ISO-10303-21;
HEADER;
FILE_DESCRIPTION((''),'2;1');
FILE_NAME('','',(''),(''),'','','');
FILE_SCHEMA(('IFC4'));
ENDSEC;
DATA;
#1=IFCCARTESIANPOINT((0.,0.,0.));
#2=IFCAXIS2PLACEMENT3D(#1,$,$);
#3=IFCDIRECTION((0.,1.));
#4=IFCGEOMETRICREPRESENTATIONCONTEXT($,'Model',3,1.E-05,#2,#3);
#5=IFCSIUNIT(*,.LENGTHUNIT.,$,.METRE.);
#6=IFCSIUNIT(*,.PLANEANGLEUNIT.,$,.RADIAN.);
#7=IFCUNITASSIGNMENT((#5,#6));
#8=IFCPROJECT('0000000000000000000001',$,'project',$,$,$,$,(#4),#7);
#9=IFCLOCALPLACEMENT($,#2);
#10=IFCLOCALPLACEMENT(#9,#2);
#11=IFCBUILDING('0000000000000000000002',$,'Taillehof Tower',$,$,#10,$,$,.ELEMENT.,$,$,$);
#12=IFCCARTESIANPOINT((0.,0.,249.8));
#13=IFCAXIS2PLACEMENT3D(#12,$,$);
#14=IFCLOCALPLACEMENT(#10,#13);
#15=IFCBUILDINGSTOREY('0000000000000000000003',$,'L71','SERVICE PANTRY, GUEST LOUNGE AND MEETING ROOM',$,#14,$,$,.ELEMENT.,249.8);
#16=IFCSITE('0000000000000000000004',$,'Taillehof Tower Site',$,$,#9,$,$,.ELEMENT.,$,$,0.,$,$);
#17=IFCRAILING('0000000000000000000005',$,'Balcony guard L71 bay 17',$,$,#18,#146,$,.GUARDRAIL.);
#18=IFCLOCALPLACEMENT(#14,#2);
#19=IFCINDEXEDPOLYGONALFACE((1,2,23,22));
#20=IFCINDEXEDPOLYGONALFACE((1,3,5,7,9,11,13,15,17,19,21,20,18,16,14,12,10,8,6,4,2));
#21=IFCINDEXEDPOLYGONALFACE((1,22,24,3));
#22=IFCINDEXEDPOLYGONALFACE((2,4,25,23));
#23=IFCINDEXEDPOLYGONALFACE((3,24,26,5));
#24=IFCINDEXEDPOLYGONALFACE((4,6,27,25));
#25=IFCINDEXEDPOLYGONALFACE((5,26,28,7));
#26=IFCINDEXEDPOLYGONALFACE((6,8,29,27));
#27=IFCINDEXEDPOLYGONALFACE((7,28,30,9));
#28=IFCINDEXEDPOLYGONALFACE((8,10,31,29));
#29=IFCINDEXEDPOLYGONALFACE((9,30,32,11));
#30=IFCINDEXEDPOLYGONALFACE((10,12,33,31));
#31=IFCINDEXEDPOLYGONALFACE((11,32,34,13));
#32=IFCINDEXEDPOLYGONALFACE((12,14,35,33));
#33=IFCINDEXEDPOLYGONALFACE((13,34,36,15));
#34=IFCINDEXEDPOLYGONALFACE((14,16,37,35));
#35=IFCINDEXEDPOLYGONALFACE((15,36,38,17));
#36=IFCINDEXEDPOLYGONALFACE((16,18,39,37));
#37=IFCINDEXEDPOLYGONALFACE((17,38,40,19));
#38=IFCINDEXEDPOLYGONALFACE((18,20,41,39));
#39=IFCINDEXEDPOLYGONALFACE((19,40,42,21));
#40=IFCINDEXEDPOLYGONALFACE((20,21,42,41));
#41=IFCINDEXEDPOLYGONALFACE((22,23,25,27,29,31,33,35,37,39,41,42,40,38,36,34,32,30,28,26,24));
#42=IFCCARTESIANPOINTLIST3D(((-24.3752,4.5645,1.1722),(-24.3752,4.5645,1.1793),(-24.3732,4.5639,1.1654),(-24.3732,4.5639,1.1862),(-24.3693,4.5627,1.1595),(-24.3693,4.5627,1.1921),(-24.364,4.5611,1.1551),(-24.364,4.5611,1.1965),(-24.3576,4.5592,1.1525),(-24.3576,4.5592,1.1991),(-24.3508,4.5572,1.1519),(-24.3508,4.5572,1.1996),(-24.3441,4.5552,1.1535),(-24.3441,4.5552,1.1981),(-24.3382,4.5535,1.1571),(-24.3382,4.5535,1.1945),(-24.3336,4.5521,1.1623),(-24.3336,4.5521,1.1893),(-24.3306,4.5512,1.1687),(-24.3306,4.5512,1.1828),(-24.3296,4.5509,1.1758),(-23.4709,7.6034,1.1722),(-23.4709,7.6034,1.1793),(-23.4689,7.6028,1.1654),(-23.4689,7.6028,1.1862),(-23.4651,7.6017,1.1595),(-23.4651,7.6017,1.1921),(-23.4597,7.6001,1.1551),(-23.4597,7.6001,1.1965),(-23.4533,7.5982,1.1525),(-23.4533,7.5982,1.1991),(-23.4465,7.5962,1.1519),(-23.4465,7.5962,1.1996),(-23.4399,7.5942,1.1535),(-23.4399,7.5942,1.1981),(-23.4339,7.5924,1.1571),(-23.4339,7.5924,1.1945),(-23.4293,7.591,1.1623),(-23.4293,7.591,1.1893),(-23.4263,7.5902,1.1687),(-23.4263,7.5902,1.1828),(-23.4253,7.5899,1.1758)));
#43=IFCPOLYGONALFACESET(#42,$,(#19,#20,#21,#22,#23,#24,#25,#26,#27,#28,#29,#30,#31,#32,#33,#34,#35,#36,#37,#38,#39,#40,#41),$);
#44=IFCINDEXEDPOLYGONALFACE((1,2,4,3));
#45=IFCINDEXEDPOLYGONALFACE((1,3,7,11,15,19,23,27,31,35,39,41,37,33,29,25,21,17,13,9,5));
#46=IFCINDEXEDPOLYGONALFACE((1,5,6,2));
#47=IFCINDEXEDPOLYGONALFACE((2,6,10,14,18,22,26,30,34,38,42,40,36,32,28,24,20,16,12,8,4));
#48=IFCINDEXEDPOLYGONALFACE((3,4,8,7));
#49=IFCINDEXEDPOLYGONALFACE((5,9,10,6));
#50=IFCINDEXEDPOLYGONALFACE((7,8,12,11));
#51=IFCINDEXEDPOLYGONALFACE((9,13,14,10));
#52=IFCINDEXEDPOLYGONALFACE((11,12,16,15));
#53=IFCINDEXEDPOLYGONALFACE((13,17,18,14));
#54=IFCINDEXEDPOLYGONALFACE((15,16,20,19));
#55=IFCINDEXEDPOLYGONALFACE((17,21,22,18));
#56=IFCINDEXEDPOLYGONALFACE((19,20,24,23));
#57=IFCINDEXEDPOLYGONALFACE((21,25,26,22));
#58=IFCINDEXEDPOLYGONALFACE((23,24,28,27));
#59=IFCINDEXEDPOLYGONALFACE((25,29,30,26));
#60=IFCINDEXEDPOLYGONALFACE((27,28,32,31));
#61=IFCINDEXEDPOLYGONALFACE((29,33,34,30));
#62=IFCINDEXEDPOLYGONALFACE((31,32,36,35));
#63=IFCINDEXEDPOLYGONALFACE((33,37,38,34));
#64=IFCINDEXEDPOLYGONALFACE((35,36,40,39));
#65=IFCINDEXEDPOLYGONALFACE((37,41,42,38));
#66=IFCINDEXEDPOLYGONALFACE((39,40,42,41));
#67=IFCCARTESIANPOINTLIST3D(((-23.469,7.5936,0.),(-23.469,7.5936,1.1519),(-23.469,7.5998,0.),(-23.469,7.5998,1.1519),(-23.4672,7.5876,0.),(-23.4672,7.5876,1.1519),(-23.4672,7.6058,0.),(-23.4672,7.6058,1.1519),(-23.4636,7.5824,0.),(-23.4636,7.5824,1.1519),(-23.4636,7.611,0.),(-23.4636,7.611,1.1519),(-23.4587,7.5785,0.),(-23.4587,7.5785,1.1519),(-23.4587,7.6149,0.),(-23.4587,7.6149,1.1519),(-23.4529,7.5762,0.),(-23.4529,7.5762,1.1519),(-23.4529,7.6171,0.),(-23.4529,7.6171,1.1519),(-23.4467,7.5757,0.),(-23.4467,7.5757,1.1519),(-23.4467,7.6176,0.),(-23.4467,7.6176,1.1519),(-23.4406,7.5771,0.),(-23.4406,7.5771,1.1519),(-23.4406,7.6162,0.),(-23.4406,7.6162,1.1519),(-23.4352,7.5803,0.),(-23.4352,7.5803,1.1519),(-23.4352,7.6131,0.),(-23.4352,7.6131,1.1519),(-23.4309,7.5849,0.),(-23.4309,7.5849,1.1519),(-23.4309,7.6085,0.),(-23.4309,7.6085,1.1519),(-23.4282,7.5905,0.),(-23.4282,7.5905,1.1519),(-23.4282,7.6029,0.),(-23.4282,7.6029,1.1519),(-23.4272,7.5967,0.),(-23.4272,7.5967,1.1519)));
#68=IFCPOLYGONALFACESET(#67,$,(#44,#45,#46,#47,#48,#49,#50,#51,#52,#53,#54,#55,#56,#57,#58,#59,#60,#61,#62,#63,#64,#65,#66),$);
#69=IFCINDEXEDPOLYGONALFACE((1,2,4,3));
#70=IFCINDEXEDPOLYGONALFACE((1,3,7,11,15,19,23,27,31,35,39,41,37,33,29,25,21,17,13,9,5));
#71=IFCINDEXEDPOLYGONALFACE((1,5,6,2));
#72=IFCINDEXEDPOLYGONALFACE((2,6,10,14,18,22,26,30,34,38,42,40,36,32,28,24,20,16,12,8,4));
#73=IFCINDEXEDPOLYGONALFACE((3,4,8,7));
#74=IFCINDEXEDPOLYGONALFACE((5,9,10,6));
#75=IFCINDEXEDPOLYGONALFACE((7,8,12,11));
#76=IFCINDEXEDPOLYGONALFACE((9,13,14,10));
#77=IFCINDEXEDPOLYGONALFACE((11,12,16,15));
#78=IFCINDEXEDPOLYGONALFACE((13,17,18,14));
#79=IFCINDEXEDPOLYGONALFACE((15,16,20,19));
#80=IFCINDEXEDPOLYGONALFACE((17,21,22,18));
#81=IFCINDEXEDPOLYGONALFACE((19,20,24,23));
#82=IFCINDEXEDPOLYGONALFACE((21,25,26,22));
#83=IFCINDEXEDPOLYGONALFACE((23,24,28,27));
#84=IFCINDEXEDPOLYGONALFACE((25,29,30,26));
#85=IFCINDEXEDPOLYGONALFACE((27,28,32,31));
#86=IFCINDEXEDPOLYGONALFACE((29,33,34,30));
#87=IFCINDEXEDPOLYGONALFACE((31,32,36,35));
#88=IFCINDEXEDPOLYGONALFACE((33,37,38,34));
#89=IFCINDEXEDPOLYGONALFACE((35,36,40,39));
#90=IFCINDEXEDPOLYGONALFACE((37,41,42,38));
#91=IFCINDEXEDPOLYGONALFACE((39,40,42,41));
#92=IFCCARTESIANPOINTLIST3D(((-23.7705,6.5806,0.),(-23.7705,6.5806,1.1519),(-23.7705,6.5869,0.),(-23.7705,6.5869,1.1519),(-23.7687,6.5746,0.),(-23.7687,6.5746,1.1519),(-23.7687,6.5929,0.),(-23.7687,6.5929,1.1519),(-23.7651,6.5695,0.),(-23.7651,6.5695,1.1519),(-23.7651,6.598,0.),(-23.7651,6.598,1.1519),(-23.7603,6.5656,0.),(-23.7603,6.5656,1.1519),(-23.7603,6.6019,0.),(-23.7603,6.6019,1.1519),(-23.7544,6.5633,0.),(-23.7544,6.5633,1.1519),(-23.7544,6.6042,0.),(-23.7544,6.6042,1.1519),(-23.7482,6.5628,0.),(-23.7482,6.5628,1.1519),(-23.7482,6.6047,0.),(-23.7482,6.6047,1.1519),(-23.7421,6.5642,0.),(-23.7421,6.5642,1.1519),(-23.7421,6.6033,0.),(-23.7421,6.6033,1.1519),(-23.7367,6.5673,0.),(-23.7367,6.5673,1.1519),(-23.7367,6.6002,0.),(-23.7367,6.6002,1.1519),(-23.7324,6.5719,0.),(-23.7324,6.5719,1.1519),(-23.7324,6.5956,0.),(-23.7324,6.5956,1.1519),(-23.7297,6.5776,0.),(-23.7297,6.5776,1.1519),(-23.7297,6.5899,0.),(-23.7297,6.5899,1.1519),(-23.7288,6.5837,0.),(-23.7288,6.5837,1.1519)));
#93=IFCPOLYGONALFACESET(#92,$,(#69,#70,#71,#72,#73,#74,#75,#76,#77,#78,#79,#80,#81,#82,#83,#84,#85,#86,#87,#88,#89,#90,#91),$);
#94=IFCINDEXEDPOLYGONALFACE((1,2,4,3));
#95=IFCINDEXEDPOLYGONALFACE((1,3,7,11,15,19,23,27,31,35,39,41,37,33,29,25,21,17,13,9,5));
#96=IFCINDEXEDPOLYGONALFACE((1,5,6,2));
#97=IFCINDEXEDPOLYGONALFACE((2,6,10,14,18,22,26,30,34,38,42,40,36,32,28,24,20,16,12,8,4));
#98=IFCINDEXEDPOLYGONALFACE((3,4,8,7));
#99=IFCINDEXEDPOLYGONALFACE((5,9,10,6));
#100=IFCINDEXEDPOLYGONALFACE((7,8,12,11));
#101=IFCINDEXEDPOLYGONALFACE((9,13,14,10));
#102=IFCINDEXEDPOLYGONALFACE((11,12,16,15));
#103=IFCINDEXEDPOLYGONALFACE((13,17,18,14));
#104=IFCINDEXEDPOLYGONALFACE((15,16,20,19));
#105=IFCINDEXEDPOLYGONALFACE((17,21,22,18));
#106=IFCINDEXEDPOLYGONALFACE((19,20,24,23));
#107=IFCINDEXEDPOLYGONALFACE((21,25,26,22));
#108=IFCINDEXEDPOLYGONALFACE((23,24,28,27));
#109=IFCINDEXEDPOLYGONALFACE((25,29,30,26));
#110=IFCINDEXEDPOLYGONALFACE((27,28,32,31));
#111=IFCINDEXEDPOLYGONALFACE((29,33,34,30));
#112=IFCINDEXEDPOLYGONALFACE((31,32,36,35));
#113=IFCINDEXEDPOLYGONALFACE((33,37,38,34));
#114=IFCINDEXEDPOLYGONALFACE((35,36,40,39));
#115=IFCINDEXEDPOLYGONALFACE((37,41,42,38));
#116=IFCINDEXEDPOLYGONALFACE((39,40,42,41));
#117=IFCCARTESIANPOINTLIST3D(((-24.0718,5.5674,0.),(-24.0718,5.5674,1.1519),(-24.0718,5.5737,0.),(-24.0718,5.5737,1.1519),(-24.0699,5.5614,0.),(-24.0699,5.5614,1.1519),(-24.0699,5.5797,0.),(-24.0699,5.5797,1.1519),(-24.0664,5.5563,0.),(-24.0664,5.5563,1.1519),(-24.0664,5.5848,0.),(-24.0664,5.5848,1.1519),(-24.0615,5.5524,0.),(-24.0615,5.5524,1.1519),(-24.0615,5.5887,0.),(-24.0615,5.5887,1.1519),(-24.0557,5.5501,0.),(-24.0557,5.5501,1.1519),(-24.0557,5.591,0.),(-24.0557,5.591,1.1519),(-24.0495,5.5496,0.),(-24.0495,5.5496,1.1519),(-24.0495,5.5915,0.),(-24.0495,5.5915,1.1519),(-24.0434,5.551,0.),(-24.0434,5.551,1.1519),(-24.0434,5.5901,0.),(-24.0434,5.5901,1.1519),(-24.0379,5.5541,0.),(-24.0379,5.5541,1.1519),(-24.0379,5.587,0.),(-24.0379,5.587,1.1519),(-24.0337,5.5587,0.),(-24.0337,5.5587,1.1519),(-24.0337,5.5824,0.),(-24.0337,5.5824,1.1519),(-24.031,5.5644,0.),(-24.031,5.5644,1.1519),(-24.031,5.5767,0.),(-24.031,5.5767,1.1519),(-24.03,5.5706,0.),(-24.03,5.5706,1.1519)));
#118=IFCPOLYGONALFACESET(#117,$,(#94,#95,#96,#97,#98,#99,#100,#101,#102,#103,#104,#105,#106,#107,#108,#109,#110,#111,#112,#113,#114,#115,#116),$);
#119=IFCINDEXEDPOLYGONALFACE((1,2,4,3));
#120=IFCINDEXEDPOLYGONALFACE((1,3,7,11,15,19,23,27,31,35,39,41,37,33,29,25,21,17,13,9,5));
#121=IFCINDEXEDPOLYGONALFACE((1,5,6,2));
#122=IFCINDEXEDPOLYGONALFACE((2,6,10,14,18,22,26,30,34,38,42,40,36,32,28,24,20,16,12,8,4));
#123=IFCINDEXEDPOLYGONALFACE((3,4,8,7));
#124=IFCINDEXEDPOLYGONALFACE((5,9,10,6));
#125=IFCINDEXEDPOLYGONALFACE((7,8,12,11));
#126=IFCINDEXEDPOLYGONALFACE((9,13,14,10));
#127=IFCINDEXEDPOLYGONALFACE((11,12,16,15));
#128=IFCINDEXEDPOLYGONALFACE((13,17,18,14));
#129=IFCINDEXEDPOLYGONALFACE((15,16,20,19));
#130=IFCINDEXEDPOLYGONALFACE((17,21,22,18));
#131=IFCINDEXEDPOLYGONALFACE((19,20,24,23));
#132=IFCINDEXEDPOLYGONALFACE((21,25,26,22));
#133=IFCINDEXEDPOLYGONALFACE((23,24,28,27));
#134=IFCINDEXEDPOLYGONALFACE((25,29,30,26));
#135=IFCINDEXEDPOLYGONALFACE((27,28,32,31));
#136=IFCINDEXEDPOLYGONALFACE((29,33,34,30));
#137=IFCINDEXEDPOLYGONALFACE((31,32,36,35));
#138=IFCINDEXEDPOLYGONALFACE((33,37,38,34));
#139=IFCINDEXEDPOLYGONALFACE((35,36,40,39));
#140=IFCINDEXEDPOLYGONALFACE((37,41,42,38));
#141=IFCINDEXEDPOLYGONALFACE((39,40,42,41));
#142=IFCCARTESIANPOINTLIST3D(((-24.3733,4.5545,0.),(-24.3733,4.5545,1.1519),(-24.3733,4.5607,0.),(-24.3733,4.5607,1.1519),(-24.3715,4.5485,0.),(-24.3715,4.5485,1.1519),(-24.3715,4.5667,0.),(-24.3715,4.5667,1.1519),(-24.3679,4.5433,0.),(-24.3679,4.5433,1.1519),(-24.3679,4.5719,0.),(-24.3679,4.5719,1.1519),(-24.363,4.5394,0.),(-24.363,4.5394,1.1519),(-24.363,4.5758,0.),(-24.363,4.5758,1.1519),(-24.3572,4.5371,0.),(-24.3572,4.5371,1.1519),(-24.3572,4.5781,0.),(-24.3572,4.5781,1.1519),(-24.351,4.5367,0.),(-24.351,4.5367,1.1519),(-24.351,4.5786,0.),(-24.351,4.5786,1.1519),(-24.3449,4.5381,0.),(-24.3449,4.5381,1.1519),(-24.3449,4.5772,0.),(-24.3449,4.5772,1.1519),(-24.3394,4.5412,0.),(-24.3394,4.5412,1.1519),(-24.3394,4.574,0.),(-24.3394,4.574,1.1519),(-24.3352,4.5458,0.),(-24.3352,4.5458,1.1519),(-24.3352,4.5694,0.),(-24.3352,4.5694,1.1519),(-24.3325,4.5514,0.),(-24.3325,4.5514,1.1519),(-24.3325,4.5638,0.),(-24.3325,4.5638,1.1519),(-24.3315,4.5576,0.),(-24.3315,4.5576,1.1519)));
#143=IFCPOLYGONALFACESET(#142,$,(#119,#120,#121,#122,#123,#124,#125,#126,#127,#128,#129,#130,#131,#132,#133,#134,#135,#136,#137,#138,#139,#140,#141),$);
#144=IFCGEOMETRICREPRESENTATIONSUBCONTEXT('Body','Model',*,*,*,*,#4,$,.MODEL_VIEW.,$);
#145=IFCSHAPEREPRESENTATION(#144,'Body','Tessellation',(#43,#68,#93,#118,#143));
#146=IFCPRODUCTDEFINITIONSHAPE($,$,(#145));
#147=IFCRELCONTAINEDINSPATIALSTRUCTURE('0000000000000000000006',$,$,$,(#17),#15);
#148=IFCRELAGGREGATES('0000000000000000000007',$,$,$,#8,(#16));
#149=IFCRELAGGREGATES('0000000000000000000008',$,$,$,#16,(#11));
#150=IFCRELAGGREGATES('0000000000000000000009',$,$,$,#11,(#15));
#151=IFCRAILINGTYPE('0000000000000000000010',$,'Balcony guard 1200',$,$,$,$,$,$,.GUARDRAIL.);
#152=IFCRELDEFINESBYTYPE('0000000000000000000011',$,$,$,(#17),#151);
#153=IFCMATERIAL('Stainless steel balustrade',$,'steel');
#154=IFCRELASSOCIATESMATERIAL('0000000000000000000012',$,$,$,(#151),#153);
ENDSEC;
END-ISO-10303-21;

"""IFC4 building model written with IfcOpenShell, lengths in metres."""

from ifc_helpers import new_model, si_unit, direction, frame, origin, origin_2d, place, context, subcontext, project, spatial, circle, extrude, material, type_object, element, save


model = new_model("IFC4")

# Units and contexts
model_context = context("Model", 3, precision=1e-05, world=origin(), true_north=direction((0.0, 1.0)))
body_context = subcontext(model_context, "Body", "Model", "MODEL_VIEW")
ifc_project = project(units=[si_unit("LENGTHUNIT", "METRE"), si_unit("PLANEANGLEUNIT", "RADIAN")], contexts=[model_context])

# Site, building, storey
site_placement = place(None, origin())
site = spatial("IfcSite", under=ifc_project, at=site_placement, Name="Taillehof Tower Site", CompositionType="ELEMENT", RefElevation=0.0)
building_placement = place(site_placement, origin())
building = spatial("IfcBuilding", under=site, at=building_placement, Name="Taillehof Tower", CompositionType="ELEMENT")
storey_placement = place(building_placement, frame((0.0, 0.0, 249.8)))
storey = spatial("IfcBuildingStorey", under=building, at=storey_placement, Name="L71", Description="SERVICE PANTRY, GUEST LOUNGE AND MEETING ROOM", CompositionType="ELEMENT", Elevation=249.8)

# Railing
ifc_material_1 = material(Name="Stainless steel balustrade", Category="steel")
railing_type = type_object("IfcRailingType", Name="Balcony guard 1200", PredefinedType="GUARDRAIL", material=ifc_material_1)
railing_placement = place(storey_placement, frame((-23.4482, 7.5967, 0.0)))
element("IfcRailing", 1, at=railing_placement, inside=storey, type_object=railing_type, Name="Balcony guard L71 bay 17", PredefinedType="GUARDRAIL", context=body_context, shape_type="SweptSolid", body=[
    extrude(circle(Radius=0.0239, at=origin_2d()), frame((0.0, 0.0, 1.1758), z_axis=(-0.2852, -0.958468, 0.0), x_axis=(0.958468, -0.2852, 0.0)), (0.0, 0.0, 1.0), 3.1707),
    extrude(circle(Radius=0.021, at=origin_2d()), origin(), (0.0, 0.0, 1.0), 1.1519),
    extrude(circle(Radius=0.021, at=origin_2d()), frame((-0.3015, -1.0129, 0.0)), (0.0, 0.0, 1.0), 1.1519),
    extrude(circle(Radius=0.021, at=origin_2d()), frame((-0.6028, -2.0261, 0.0)), (0.0, 0.0, 1.0), 1.1519),
    extrude(circle(Radius=0.021, at=origin_2d()), frame((-0.9043, -3.0391, 0.0)), (0.0, 0.0, 1.0), 1.1519),
])

save(model, "model.ifc")
